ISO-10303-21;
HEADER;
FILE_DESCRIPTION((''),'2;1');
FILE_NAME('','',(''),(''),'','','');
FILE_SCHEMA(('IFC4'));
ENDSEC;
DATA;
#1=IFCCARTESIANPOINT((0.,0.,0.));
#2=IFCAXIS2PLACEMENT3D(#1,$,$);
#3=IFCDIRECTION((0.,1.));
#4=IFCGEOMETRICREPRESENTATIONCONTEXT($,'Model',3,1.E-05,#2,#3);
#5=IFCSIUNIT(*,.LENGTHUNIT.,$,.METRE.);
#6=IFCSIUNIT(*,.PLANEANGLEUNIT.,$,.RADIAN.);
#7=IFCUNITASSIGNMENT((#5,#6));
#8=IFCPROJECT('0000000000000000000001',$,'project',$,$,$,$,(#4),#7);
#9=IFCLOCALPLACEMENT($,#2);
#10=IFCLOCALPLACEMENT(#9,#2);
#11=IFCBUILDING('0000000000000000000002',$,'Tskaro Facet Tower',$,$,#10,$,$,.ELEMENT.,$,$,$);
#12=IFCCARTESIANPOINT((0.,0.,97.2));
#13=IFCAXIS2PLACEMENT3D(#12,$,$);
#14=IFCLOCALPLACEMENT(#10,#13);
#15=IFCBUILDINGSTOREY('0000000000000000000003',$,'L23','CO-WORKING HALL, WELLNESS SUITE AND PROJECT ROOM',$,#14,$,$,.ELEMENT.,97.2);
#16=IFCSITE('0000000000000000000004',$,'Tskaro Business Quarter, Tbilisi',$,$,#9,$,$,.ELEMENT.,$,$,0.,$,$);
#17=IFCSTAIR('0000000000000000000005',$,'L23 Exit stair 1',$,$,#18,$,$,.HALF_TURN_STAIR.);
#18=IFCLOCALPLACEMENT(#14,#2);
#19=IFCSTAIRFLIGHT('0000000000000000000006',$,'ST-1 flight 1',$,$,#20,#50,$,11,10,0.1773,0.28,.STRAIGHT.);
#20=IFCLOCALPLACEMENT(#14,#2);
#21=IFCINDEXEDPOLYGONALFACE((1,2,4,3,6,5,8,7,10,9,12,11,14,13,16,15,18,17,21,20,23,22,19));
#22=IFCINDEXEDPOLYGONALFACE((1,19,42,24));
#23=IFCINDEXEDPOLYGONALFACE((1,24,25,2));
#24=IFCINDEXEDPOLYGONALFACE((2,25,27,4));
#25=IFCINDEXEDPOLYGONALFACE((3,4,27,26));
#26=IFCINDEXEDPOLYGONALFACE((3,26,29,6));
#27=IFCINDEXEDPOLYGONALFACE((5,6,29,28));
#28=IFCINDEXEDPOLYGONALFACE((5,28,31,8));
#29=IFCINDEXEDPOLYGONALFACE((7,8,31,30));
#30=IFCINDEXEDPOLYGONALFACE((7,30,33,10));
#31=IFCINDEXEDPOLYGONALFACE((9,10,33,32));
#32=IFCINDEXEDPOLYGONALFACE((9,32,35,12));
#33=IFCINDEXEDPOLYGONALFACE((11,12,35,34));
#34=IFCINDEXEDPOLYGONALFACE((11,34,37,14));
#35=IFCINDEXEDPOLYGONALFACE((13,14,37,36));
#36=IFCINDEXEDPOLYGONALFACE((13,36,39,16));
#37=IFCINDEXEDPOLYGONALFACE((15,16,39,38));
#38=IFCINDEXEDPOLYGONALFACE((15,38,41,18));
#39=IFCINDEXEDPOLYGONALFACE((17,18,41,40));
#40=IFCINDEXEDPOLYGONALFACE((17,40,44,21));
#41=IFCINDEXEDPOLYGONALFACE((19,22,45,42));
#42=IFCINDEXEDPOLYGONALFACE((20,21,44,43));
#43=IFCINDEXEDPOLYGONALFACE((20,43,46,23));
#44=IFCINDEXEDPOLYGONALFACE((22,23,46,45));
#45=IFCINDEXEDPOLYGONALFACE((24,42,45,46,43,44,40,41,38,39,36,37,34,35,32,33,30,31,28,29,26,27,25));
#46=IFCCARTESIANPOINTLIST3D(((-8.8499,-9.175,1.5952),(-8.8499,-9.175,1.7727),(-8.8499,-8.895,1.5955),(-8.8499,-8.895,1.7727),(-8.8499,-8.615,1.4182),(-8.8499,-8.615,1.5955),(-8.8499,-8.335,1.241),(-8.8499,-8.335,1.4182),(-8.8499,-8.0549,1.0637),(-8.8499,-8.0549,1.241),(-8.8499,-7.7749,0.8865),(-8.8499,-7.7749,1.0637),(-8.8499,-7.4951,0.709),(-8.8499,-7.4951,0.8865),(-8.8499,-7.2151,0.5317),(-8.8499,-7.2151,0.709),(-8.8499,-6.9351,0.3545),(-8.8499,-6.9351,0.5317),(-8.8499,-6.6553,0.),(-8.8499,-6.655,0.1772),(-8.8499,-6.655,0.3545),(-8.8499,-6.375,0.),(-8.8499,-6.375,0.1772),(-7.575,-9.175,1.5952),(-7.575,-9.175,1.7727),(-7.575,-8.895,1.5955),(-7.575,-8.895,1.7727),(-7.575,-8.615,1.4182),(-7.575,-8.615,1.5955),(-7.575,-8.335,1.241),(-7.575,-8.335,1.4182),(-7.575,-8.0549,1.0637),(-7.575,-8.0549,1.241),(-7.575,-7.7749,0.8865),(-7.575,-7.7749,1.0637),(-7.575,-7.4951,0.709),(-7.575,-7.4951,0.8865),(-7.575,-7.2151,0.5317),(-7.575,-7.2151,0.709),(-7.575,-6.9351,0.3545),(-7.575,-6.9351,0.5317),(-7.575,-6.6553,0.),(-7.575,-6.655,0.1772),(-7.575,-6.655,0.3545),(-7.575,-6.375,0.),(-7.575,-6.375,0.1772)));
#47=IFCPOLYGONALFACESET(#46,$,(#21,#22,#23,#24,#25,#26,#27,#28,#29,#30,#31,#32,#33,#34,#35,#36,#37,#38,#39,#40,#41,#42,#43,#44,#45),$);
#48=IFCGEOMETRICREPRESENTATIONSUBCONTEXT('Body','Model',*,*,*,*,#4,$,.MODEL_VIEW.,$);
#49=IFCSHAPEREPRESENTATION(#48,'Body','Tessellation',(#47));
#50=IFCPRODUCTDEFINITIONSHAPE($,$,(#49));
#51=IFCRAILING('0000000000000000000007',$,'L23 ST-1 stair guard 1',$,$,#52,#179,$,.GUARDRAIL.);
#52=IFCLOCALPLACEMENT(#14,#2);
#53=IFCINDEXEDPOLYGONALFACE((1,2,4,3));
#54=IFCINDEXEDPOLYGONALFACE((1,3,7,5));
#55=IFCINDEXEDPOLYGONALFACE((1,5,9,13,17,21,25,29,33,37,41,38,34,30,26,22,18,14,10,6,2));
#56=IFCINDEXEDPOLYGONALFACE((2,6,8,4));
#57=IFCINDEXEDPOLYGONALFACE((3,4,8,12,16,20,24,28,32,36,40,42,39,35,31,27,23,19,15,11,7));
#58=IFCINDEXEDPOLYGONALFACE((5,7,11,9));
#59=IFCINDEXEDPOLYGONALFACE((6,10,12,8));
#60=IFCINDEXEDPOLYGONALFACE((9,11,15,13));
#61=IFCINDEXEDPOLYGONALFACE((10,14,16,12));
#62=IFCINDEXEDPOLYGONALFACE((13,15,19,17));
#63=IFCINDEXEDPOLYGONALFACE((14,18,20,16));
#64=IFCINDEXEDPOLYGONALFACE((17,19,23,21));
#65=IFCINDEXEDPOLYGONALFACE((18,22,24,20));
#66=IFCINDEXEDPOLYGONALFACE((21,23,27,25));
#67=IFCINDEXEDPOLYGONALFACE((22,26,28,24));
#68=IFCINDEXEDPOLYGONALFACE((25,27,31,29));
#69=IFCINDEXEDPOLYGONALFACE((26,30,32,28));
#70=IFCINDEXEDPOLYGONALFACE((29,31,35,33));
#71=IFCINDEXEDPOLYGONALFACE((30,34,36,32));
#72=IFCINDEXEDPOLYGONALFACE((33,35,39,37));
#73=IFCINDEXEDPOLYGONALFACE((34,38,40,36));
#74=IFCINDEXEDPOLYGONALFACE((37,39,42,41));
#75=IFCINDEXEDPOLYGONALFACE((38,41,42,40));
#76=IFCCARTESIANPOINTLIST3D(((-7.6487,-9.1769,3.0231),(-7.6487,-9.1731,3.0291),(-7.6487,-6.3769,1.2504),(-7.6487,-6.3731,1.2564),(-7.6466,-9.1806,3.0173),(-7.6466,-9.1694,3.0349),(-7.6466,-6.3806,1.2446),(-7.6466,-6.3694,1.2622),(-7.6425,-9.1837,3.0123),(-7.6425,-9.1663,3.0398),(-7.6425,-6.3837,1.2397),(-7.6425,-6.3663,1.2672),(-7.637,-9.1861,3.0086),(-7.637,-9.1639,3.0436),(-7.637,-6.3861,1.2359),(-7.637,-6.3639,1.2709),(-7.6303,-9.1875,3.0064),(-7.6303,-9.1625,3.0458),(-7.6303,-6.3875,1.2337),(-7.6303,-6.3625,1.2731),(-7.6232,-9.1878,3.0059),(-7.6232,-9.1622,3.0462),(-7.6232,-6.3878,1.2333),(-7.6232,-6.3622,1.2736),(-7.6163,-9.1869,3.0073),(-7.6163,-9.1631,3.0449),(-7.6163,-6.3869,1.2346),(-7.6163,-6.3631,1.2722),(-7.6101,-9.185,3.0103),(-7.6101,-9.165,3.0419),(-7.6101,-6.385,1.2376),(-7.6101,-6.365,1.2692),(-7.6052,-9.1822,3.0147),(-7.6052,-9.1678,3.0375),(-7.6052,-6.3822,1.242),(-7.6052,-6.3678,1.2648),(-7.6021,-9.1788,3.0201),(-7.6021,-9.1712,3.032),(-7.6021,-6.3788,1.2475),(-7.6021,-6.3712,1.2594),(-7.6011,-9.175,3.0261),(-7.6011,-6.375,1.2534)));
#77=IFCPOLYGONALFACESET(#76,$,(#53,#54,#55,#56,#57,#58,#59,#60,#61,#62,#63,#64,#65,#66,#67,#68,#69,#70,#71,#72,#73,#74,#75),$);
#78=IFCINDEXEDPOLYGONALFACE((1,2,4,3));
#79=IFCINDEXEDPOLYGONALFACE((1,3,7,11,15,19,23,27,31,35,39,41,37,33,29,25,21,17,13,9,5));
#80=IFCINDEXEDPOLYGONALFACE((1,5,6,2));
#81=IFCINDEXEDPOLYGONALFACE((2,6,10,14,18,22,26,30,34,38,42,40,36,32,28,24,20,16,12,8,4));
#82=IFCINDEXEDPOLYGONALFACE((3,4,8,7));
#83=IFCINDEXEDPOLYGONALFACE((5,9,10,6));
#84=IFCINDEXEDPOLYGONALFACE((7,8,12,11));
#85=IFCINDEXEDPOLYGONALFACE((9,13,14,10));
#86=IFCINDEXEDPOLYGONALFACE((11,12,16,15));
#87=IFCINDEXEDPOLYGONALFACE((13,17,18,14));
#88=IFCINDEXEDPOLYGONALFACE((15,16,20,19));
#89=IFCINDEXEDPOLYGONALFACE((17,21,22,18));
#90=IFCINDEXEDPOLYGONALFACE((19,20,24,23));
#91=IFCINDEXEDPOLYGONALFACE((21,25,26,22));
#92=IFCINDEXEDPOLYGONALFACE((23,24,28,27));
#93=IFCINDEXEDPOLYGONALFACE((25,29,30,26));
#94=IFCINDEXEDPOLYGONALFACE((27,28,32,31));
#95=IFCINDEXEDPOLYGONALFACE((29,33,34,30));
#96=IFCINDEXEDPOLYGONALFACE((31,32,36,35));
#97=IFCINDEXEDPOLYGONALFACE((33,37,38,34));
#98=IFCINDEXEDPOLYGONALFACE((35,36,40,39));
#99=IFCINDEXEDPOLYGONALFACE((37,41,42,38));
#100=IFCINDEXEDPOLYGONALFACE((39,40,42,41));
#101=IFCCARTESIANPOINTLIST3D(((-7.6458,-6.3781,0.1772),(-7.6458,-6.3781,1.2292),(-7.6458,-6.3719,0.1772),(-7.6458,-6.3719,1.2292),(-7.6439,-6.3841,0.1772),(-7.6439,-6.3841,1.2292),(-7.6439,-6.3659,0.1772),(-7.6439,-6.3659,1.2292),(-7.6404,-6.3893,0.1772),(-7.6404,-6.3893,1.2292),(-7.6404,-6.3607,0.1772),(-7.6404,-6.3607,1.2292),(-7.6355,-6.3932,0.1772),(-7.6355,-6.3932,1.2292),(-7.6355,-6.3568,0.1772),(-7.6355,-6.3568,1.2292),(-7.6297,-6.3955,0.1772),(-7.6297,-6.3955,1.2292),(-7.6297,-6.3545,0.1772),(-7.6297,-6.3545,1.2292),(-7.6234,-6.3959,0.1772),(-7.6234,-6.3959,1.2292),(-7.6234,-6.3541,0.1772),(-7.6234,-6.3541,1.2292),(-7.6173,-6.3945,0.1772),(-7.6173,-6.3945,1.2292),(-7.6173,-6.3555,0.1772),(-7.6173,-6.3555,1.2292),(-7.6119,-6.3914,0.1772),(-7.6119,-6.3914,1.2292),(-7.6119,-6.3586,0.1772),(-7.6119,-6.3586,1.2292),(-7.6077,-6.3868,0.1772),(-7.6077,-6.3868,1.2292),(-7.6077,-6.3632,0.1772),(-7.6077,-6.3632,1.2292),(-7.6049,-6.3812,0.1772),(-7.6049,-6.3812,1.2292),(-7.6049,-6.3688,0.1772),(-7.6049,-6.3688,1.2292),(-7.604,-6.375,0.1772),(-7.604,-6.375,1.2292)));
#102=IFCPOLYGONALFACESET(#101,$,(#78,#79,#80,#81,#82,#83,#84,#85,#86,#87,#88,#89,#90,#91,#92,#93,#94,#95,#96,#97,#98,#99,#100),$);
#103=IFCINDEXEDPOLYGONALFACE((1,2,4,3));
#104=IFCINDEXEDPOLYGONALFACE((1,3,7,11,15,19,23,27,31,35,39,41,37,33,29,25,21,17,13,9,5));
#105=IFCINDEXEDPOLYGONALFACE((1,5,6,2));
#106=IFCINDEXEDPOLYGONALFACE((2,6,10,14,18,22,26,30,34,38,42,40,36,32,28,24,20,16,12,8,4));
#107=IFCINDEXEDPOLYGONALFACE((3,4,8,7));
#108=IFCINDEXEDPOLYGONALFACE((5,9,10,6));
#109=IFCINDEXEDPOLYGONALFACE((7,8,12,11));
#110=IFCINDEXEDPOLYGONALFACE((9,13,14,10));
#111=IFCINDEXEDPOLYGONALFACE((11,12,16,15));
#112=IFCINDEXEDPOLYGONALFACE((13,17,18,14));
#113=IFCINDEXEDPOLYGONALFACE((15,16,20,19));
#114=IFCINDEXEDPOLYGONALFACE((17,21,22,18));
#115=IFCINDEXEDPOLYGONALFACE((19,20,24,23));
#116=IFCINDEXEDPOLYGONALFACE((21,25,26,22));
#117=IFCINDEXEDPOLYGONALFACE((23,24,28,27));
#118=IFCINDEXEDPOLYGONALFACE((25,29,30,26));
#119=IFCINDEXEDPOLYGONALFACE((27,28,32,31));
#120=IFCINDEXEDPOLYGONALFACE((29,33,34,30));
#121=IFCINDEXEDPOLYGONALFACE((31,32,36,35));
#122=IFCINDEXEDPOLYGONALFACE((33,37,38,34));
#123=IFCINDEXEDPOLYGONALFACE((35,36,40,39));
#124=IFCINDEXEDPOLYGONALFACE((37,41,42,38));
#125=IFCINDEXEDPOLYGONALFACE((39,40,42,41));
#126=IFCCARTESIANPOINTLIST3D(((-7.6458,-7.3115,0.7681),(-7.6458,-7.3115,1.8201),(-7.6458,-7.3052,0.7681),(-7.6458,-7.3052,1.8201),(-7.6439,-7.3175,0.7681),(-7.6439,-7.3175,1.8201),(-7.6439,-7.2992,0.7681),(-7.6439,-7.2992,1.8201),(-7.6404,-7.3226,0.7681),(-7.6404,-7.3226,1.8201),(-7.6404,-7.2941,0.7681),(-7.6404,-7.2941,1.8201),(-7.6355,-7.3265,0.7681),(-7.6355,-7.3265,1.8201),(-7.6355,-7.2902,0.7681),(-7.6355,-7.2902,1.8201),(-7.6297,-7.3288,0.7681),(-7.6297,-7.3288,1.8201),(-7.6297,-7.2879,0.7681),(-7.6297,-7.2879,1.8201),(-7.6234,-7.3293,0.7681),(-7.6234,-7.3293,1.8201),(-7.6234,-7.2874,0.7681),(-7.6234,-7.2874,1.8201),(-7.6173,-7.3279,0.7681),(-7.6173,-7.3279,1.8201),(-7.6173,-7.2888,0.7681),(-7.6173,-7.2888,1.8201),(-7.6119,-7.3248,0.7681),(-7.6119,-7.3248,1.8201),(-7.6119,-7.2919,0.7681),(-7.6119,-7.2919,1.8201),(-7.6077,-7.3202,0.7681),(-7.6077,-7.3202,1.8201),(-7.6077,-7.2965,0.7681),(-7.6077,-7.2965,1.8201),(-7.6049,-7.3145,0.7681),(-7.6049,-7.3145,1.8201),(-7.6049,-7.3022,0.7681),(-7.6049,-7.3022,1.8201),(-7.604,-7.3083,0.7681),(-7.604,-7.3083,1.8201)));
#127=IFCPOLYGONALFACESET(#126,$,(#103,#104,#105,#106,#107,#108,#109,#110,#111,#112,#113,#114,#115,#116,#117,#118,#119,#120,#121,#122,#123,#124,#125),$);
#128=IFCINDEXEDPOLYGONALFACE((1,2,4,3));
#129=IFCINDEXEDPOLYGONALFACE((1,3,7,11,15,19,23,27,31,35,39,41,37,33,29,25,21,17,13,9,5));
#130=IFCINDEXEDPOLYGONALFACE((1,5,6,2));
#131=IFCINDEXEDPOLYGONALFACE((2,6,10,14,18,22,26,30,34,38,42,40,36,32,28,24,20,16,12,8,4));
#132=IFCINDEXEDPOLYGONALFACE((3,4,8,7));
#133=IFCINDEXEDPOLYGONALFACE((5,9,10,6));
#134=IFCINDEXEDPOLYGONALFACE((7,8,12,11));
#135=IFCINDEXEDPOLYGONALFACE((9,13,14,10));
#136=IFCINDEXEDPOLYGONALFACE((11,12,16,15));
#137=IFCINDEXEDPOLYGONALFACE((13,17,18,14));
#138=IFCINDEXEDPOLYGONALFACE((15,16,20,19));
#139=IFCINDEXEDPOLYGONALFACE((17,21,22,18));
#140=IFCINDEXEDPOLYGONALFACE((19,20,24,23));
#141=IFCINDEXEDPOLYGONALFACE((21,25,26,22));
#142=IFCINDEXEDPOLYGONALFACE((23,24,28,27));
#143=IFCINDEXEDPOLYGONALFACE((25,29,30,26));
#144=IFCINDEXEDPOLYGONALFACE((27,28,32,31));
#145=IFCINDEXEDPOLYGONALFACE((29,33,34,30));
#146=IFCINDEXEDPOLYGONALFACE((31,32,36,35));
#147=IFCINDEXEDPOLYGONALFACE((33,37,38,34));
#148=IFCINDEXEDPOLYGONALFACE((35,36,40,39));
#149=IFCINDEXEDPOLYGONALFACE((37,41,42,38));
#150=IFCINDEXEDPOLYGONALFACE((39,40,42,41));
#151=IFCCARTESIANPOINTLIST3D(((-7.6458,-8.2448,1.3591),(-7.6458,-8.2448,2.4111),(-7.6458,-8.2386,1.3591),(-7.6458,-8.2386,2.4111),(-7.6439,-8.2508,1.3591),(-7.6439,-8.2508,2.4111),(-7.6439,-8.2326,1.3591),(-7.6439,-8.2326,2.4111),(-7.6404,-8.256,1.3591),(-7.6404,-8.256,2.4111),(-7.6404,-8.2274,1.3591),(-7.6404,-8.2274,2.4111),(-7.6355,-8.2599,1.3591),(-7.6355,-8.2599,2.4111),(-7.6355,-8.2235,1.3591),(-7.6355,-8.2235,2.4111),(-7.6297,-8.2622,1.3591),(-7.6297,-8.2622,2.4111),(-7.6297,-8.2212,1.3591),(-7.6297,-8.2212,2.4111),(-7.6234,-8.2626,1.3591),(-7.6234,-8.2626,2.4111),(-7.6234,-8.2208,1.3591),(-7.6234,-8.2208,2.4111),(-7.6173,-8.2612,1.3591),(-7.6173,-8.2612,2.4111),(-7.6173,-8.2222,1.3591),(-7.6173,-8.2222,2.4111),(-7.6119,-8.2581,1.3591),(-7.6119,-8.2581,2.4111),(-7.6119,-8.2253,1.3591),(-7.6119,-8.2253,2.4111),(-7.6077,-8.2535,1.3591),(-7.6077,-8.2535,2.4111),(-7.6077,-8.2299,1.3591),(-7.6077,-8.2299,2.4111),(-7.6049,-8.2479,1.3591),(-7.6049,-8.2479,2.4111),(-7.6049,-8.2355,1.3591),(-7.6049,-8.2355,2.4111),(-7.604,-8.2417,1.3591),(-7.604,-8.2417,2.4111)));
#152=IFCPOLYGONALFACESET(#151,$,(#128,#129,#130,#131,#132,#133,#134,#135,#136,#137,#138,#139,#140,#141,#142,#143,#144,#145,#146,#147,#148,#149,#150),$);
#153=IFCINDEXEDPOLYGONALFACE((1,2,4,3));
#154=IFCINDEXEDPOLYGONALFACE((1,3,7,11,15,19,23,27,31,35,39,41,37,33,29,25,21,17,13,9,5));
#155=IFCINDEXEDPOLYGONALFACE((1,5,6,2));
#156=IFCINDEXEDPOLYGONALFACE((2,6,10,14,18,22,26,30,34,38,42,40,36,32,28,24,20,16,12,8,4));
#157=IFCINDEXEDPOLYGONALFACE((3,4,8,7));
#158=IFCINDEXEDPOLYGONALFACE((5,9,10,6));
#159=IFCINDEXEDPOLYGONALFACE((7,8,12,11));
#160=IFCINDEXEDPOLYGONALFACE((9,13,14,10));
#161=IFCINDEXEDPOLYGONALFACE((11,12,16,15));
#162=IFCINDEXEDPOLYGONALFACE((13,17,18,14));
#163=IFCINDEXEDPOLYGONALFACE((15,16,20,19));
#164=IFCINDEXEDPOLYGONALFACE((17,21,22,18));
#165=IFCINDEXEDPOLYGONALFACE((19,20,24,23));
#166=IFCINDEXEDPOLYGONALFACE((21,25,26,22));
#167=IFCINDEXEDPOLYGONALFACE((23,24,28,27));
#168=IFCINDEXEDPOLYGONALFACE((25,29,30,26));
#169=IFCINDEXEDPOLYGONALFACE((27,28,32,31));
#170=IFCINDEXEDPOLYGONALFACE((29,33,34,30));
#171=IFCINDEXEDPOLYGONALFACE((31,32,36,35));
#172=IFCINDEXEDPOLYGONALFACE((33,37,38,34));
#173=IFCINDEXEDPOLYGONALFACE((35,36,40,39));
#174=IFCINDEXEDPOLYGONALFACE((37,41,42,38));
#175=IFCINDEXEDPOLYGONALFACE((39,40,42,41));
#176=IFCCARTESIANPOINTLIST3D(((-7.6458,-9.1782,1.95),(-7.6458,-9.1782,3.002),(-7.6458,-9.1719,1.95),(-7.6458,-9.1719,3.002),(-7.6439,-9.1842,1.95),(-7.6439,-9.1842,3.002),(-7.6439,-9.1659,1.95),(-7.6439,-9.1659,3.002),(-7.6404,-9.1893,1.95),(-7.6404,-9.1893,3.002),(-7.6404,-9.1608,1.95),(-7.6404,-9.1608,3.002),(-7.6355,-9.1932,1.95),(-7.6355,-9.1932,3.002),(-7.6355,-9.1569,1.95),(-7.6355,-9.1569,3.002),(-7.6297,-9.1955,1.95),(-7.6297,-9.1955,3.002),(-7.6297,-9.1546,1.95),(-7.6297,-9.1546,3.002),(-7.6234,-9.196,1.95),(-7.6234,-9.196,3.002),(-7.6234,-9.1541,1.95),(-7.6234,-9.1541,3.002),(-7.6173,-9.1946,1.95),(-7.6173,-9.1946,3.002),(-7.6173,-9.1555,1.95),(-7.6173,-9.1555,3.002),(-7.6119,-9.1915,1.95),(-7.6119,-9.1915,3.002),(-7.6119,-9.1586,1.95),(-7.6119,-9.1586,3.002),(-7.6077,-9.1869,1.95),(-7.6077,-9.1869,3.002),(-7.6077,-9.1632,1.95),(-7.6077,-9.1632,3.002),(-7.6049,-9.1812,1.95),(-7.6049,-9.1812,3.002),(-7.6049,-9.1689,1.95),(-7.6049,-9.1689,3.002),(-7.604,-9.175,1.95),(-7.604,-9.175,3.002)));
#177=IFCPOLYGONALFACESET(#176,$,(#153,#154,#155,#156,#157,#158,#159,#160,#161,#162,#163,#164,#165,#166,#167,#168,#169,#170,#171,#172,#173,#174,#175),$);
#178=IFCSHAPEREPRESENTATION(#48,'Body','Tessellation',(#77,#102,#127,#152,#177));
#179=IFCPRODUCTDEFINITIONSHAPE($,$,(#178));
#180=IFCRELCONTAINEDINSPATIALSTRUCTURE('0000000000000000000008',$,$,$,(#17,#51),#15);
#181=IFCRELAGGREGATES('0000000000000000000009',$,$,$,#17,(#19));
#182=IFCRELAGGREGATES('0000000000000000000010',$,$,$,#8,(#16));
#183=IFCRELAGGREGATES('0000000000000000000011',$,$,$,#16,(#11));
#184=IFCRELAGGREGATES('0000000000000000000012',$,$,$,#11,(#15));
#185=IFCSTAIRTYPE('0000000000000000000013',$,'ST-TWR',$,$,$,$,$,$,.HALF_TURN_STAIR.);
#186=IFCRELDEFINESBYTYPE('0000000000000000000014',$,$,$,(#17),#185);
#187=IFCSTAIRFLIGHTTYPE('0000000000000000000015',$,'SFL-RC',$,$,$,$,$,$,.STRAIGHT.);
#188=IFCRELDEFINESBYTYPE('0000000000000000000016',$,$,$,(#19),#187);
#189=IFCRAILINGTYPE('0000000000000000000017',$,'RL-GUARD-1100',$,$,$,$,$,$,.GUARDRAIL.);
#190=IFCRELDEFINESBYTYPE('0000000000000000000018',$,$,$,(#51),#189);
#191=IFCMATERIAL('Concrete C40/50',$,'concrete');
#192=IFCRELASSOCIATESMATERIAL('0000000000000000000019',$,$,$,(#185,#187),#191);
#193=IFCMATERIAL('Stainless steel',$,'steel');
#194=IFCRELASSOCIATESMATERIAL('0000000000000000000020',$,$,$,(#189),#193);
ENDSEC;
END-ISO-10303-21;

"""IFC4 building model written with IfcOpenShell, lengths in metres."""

from ifc_helpers import new_model, si_unit, direction, frame, origin, origin_2d, place, context, subcontext, project, spatial, polyline, circle, outline, extrude, material, type_object, element, aggregate, save


model = new_model("IFC4")

# Units and contexts
model_context = context("Model", 3, precision=1e-05, world=origin(), true_north=direction((0.0, 1.0)))
body_context = subcontext(model_context, "Body", "Model", "MODEL_VIEW")
ifc_project = project(units=[si_unit("LENGTHUNIT", "METRE"), si_unit("PLANEANGLEUNIT", "RADIAN")], contexts=[model_context])

# Site, building, storey
site_placement = place(None, origin())
site = spatial("IfcSite", under=ifc_project, at=site_placement, Name="Tskaro Business Quarter, Tbilisi", CompositionType="ELEMENT", RefElevation=0.0)
building_placement = place(site_placement, origin())
building = spatial("IfcBuilding", under=site, at=building_placement, Name="Tskaro Facet Tower", CompositionType="ELEMENT")
storey_placement = place(building_placement, frame((0.0, 0.0, 97.2)))
storey = spatial("IfcBuildingStorey", under=building, at=storey_placement, Name="L23", Description="CO-WORKING HALL, WELLNESS SUITE AND PROJECT ROOM", CompositionType="ELEMENT", Elevation=97.2)

# Shared definitions
ifc_material_1 = material(Name="Stainless steel", Category="steel")

# Stair, stair flight
ifc_material_2 = material(Name="Concrete C40/50", Category="concrete")
stair_type = type_object("IfcStairType", Name="ST-TWR", PredefinedType="HALF_TURN_STAIR", material=ifc_material_2)
stair_placement = place(storey_placement, origin())
stair = element("IfcStair", 1, at=stair_placement, inside=storey, type_object=stair_type, Name="L23 Exit stair 1", PredefinedType="HALF_TURN_STAIR")
stair_flight_type = type_object("IfcStairFlightType", Name="SFL-RC", PredefinedType="STRAIGHT", material=ifc_material_2)
stair_flight_placement = place(storey_placement, frame((-8.2124, -6.375, 0.0), z_axis=(0.0, 0.0, 1.0), x_axis=(0.0, -1.0, 0.0)))
stair_flight = element("IfcStairFlight", 2, at=stair_flight_placement, type_object=stair_flight_type, Name="ST-1 flight 1", NumberOfRisers=11, NumberOfTreads=10, PredefinedType="STRAIGHT", RiserHeight=0.1773, TreadLength=0.28, context=body_context, shape_type="SweptSolid", body=[
    extrude(outline(polyline([(0.0, 0.0), (0.0, 0.1772), (0.28, 0.1772), (0.28, 0.3545), (0.5601, 0.3545), (0.5601, 0.5317), (0.8401, 0.5317), (0.8401, 0.709), (1.1201, 0.709), (1.1201, 0.8865), (1.3999, 0.8865), (1.3999, 1.0637), (1.6799, 1.0637), (1.6799, 1.241), (1.96, 1.241), (1.96, 1.4182), (2.24, 1.4182), (2.24, 1.5955), (2.52, 1.5955), (2.52, 1.7727), (2.8, 1.7727), (2.8, 1.95), (2.8, 1.5952), (0.2803, 0.0), (0.0, 0.0)])), frame((0.0, 0.6375, 0.0), z_axis=(0.0, -1.0, 0.0), x_axis=(1.0, 0.0, 0.0)), (0.0, 0.0, 1.0), 1.2749),
])
aggregate(stair, [stair_flight])

# Railing
railing_type_1 = type_object("IfcRailingType", Name="RL-GUARD-1100", PredefinedType="GUARDRAIL", material=ifc_material_1)
railing_1_placement = place(storey_placement, frame((-7.625, -6.375, 0.1772)))
element("IfcRailing", 3, at=railing_1_placement, inside=storey, type_object=railing_type_1, Name="L23 ST-1 stair guard 1", PredefinedType="GUARDRAIL", context=body_context, shape_type="SweptSolid", body=[
    extrude(circle(Radius=0.0239, at=origin_2d()), frame((0.0, 0.0, 1.0762), z_axis=(0.0, -0.844909, 0.53491), x_axis=(1.0, 0.0, 0.0)), (0.0, 0.0, 1.0), 3.314),
    extrude(circle(Radius=0.021, at=origin_2d()), origin(), (0.0, 0.0, 1.0), 1.052),
    extrude(circle(Radius=0.021, at=origin_2d()), frame((0.0, -0.9333, 0.5908)), (0.0, 0.0, 1.0), 1.052),
    extrude(circle(Radius=0.021, at=origin_2d()), frame((0.0, -1.8667, 1.1819)), (0.0, 0.0, 1.0), 1.052),
    extrude(circle(Radius=0.021, at=origin_2d()), frame((0.0, -2.8, 1.7727)), (0.0, 0.0, 1.0), 1.052),
])

save(model, "model.ifc")
